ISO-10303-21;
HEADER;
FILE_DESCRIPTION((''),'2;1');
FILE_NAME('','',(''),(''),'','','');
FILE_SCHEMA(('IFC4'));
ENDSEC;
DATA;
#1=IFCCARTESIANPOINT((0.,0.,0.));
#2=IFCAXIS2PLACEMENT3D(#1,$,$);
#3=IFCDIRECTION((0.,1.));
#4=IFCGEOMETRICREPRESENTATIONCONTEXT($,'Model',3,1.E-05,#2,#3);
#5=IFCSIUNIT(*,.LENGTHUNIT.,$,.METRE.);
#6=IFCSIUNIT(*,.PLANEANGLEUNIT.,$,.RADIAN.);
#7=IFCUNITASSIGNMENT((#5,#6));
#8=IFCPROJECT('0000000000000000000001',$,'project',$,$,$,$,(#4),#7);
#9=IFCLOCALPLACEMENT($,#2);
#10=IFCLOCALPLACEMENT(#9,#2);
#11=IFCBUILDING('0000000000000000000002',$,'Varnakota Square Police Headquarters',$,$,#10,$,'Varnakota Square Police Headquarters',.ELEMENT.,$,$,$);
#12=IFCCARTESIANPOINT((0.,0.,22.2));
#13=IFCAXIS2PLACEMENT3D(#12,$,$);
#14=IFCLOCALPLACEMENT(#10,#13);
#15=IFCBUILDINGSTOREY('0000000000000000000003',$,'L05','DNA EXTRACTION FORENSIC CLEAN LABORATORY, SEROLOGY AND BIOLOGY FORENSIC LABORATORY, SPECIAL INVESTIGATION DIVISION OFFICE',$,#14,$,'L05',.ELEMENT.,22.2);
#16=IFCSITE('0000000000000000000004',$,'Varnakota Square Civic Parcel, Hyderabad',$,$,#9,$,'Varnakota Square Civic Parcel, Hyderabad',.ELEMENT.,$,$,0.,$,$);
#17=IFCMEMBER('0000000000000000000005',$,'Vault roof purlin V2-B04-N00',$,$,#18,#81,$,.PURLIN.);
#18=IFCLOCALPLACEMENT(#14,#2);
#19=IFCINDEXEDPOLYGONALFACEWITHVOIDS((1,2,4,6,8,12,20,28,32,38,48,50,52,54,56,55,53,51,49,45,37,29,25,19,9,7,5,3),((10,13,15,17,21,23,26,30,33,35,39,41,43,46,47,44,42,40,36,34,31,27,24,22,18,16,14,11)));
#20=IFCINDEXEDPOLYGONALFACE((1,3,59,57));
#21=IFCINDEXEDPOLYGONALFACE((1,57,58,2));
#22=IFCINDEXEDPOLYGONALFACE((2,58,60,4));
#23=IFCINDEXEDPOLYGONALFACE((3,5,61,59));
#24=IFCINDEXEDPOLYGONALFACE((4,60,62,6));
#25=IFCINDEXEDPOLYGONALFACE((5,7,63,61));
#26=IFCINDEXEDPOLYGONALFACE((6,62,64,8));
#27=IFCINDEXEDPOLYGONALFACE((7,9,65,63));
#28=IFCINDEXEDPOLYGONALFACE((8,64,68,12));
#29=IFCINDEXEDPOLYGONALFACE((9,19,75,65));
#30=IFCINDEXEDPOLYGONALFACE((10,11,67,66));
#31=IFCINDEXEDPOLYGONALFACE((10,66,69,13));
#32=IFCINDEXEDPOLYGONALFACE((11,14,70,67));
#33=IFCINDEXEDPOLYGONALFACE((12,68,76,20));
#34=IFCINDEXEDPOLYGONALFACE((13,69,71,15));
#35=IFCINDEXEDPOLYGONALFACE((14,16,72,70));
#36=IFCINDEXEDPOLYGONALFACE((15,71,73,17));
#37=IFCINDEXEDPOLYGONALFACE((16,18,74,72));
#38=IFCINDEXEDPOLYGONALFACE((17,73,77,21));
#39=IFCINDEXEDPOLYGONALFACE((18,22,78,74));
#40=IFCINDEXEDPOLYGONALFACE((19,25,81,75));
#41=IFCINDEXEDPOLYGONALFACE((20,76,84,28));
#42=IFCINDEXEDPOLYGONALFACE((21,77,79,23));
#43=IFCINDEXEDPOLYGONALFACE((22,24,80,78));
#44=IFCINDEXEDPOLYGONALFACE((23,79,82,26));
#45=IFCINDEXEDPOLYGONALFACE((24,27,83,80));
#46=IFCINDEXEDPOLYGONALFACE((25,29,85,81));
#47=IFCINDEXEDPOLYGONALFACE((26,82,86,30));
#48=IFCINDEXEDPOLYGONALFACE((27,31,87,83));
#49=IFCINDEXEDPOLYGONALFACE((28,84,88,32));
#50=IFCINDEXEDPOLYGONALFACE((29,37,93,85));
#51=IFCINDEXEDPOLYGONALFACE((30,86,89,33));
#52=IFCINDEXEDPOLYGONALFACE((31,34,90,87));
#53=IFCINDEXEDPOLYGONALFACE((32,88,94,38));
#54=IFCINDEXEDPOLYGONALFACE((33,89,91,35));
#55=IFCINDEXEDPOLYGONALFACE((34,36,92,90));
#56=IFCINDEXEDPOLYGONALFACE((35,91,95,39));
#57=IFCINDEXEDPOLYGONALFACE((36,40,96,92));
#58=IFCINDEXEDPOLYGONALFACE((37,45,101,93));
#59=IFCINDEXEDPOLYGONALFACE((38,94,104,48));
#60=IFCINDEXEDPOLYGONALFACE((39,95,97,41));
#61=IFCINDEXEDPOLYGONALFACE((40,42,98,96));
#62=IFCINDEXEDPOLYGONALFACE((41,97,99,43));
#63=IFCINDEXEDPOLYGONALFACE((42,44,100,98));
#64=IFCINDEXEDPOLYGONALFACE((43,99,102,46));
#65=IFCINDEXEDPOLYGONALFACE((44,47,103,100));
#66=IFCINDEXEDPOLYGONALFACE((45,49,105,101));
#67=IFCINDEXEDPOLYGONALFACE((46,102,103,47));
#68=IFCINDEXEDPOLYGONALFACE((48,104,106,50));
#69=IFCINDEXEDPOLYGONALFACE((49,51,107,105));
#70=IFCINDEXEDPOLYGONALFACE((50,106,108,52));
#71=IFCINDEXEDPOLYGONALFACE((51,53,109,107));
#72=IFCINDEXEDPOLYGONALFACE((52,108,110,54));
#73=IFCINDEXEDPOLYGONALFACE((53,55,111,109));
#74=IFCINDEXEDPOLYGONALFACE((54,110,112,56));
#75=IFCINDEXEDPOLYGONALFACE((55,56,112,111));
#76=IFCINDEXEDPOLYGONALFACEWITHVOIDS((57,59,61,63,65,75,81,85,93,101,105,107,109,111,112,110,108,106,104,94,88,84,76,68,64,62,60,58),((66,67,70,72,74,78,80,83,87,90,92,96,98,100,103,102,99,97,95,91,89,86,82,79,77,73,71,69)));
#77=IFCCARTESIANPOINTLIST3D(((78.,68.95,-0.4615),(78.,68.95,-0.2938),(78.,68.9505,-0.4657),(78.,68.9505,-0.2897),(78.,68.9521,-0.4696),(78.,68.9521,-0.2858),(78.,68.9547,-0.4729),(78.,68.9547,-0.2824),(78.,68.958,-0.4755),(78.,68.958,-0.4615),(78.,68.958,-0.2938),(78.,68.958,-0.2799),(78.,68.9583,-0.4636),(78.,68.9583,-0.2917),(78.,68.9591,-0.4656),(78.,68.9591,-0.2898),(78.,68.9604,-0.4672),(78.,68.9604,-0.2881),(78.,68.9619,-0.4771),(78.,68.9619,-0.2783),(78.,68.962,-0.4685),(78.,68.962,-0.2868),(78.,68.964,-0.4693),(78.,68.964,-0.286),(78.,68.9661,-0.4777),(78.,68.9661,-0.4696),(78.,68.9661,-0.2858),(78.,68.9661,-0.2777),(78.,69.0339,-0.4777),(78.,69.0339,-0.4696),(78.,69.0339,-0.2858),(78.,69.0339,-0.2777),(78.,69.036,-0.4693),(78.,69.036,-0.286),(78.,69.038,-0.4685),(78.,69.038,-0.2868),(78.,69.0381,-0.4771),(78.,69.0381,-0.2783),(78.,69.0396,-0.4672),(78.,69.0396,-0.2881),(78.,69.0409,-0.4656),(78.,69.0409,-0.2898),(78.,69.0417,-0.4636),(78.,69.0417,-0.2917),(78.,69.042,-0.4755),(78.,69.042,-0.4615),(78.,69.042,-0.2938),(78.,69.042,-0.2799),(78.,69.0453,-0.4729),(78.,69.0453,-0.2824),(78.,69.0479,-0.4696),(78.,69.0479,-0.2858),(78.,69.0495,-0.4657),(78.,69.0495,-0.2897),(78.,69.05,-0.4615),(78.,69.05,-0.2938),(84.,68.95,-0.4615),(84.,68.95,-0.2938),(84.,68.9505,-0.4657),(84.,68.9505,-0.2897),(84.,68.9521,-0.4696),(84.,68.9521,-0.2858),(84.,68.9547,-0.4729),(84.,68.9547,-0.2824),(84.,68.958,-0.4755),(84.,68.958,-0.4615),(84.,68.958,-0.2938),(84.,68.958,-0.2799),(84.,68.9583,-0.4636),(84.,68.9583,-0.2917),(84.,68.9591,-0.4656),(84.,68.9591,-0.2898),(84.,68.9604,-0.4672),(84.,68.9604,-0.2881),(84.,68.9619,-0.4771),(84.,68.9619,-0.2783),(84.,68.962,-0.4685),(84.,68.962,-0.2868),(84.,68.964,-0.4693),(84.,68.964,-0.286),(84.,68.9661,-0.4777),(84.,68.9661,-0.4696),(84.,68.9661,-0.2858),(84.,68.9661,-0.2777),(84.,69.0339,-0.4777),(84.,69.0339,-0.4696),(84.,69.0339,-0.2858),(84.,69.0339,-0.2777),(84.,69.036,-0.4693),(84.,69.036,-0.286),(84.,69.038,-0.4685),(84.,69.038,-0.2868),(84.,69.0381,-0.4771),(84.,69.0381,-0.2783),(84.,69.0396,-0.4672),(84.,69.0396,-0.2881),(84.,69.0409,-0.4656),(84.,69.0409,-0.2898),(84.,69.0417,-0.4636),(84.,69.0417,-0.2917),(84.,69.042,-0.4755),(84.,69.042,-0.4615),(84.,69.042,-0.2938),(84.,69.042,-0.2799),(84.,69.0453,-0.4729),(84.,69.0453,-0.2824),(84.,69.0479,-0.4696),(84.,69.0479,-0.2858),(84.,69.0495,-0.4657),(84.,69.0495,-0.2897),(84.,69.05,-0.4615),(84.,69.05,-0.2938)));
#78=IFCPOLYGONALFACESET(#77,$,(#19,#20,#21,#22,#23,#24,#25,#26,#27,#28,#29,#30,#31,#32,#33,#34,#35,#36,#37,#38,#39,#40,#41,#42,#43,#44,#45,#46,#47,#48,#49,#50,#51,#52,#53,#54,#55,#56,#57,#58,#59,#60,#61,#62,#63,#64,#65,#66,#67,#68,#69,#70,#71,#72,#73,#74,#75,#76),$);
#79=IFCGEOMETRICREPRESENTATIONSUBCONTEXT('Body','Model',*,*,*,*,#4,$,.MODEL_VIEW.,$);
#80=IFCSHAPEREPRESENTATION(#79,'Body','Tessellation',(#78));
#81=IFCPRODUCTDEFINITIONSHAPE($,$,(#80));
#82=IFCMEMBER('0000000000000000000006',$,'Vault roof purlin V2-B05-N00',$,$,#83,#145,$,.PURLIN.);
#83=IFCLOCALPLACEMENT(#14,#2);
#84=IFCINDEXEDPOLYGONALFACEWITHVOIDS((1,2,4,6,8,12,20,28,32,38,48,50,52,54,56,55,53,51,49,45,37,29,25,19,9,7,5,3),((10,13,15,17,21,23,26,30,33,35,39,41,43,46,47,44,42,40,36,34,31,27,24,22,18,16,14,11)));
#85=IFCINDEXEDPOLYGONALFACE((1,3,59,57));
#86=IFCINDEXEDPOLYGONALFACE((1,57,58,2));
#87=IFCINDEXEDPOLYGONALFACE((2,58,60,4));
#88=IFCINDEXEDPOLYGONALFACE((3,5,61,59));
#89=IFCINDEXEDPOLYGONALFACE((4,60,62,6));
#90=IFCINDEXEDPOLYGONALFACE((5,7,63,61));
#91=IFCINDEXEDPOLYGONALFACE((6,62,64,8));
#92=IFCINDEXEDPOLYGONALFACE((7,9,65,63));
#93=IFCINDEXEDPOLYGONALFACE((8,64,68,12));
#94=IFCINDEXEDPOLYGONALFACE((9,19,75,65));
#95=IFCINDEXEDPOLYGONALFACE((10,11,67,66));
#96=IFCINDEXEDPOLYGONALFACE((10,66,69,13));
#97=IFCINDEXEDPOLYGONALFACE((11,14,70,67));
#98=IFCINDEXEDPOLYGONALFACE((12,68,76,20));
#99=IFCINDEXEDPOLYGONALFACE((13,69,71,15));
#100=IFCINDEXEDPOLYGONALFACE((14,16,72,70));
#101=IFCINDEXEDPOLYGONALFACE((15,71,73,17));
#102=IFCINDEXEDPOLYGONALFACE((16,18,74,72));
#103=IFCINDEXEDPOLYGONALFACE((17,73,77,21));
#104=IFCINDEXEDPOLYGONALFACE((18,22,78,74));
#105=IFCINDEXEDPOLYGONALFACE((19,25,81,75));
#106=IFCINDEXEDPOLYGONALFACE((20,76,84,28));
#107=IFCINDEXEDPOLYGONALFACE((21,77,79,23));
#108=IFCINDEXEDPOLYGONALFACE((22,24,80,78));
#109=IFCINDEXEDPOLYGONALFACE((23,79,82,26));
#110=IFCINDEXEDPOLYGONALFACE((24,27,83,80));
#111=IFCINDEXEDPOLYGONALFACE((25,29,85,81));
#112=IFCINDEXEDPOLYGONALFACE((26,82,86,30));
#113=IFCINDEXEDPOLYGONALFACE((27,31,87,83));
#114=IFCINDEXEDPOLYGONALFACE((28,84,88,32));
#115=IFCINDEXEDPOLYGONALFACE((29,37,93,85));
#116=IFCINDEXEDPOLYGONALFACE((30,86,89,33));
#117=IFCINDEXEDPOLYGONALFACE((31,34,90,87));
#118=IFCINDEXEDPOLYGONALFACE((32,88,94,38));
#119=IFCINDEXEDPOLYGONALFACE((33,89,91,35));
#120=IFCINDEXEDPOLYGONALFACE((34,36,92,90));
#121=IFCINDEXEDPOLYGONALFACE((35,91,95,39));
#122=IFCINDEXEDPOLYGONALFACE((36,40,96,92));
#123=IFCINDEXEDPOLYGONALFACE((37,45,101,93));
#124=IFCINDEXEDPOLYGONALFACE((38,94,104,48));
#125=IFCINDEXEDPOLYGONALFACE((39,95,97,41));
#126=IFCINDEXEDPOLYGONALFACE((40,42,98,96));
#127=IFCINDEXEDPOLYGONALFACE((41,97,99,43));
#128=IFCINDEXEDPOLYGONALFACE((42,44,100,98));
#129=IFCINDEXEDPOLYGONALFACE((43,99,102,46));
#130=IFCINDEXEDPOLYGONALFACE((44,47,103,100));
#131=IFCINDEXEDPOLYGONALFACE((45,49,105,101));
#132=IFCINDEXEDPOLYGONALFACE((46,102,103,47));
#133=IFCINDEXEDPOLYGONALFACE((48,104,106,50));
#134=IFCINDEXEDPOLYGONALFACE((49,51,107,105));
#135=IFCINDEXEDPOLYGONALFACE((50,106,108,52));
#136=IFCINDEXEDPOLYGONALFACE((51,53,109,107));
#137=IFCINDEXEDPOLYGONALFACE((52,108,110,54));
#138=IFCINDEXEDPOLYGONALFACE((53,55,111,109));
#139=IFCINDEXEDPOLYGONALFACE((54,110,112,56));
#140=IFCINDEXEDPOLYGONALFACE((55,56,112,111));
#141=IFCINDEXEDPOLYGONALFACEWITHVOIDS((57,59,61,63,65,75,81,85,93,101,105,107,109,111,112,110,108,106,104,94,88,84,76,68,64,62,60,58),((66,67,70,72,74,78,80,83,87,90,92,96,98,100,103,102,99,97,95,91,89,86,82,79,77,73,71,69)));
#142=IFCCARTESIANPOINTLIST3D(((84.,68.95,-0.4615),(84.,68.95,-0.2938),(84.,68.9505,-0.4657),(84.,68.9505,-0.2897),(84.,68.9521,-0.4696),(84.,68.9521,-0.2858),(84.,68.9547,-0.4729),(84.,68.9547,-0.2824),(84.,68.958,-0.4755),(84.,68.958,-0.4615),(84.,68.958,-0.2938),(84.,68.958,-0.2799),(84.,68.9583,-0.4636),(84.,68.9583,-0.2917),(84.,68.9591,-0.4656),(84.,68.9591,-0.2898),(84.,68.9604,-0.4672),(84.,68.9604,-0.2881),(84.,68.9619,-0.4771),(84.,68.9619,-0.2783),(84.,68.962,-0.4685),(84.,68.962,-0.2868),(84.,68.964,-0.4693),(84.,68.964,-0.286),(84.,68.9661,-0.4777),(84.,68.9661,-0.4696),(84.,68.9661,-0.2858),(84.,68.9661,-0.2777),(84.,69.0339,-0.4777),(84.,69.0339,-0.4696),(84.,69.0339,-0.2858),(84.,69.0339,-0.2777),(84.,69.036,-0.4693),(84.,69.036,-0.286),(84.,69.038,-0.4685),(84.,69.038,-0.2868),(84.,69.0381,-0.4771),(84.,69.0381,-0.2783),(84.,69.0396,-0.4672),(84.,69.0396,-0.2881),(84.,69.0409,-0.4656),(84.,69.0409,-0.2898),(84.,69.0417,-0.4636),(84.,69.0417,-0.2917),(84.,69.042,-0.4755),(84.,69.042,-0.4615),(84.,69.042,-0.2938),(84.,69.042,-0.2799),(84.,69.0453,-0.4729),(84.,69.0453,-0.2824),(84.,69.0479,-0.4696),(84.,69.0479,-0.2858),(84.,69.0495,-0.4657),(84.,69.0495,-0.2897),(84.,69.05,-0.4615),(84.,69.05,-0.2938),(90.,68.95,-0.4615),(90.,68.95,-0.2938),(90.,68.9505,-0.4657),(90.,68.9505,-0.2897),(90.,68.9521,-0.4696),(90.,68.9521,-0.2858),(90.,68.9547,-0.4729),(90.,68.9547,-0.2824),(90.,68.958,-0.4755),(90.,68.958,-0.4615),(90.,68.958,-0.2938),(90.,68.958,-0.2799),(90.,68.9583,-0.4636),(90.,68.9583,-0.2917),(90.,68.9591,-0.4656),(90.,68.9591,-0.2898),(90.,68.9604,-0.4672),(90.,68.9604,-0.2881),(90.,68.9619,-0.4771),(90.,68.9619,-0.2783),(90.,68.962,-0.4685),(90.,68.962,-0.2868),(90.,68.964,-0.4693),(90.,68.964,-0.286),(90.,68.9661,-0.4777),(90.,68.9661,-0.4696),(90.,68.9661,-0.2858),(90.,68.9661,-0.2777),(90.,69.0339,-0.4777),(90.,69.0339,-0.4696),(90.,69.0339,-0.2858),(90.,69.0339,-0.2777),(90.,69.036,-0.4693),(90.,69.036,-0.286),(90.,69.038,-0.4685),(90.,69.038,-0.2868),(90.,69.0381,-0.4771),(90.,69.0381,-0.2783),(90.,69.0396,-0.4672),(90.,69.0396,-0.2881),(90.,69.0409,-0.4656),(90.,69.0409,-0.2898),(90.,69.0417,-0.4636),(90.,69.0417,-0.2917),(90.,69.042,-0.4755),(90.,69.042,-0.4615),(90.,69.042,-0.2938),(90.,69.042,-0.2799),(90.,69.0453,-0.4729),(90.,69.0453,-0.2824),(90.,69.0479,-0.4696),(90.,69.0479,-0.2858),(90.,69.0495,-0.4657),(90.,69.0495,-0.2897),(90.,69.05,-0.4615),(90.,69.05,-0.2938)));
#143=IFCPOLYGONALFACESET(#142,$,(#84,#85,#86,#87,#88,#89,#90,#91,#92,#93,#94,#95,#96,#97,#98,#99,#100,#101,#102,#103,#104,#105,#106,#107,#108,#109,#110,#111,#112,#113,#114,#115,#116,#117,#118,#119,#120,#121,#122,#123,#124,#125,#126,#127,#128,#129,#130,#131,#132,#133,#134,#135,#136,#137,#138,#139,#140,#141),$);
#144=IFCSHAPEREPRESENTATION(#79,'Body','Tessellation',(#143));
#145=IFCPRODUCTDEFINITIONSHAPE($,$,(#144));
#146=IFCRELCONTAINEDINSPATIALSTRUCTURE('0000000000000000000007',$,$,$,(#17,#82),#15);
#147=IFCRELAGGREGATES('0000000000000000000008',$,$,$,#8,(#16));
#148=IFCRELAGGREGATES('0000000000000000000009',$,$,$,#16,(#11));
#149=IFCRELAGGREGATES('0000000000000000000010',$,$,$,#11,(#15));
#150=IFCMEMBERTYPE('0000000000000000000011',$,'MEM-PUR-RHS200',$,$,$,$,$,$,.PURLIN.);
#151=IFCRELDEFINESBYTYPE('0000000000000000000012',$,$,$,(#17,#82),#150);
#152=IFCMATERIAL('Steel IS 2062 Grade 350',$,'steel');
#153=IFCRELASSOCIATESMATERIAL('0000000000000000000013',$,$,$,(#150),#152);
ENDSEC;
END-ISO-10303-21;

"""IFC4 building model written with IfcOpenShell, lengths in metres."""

from ifc_helpers import new_model, si_unit, direction, frame, origin, origin_2d, place, context, subcontext, project, spatial, hollow_rectangle, extrude, material, material_profile, profile_set, type_object, element, save


model = new_model("IFC4")

# Units and contexts
model_context = context("Model", 3, precision=1e-05, world=origin(), true_north=direction((0.0, 1.0)))
body_context = subcontext(model_context, "Body", "Model", "MODEL_VIEW")
ifc_project = project(units=[si_unit("LENGTHUNIT", "METRE"), si_unit("PLANEANGLEUNIT", "RADIAN")], contexts=[model_context])

# Site, building, storey
site_placement = place(None, origin())
site = spatial("IfcSite", under=ifc_project, at=site_placement, Name="Varnakota Square Civic Parcel, Hyderabad", LongName="Varnakota Square Civic Parcel, Hyderabad", CompositionType="ELEMENT", RefElevation=0.0)
building_placement = place(site_placement, origin())
building = spatial("IfcBuilding", under=site, at=building_placement, Name="Varnakota Square Police Headquarters", LongName="Varnakota Square Police Headquarters", CompositionType="ELEMENT")
storey_placement = place(building_placement, frame((0.0, 0.0, 22.2)))
storey = spatial("IfcBuildingStorey", under=building, at=storey_placement, Name="L05", Description="DNA EXTRACTION FORENSIC CLEAN LABORATORY, SEROLOGY AND BIOLOGY FORENSIC LABORATORY, SPECIAL INVESTIGATION DIVISION OFFICE", LongName="L05", CompositionType="ELEMENT", Elevation=22.2)

# Shared definitions
ifc_material_1 = material(Name="Steel IS 2062 Grade 350", Category="steel")

# Members
ifc_material_profile_1 = material_profile(ifc_material_1, hollow_rectangle(XDim=0.1001, YDim=0.2, WallThickness=0.0081, InnerFilletRadius=0.0081, OuterFilletRadius=0.0161, at=origin_2d()), Name="RHS 200x100x8")
ifc_profile_set_1 = profile_set([ifc_material_profile_1], Name="Steel IS 2062 Grade 350")
member_type_1 = type_object("IfcMemberType", Name="MEM-PUR-RHS200", PredefinedType="PURLIN", material=ifc_profile_set_1)
for number, where, z_axis, x_axis, name in (
    (1, (78.0, 69.0, -0.3777), (1.0, 0.0, 0.0), (0.0, 1.0, 0.0), "Vault roof purlin V2-B04-N00"),
    (2, (84.0, 69.0, -0.3777), (1.0, 0.0, 0.0), (0.0, 1.0, 0.0), "Vault roof purlin V2-B05-N00"),
):
    element("IfcMember", number, at=place(storey_placement, frame(where, z_axis=z_axis, x_axis=x_axis)), inside=storey, type_object=member_type_1, Name=name, PredefinedType="PURLIN", context=body_context, shape_type="SweptSolid", body=[
        extrude(hollow_rectangle(XDim=0.1001, YDim=0.2, WallThickness=0.0081, InnerFilletRadius=0.0081, OuterFilletRadius=0.0161, at=origin_2d()), origin(), (0.0, 0.0, 1.0), 6.0),
    ])

save(model, "model.ifc")
